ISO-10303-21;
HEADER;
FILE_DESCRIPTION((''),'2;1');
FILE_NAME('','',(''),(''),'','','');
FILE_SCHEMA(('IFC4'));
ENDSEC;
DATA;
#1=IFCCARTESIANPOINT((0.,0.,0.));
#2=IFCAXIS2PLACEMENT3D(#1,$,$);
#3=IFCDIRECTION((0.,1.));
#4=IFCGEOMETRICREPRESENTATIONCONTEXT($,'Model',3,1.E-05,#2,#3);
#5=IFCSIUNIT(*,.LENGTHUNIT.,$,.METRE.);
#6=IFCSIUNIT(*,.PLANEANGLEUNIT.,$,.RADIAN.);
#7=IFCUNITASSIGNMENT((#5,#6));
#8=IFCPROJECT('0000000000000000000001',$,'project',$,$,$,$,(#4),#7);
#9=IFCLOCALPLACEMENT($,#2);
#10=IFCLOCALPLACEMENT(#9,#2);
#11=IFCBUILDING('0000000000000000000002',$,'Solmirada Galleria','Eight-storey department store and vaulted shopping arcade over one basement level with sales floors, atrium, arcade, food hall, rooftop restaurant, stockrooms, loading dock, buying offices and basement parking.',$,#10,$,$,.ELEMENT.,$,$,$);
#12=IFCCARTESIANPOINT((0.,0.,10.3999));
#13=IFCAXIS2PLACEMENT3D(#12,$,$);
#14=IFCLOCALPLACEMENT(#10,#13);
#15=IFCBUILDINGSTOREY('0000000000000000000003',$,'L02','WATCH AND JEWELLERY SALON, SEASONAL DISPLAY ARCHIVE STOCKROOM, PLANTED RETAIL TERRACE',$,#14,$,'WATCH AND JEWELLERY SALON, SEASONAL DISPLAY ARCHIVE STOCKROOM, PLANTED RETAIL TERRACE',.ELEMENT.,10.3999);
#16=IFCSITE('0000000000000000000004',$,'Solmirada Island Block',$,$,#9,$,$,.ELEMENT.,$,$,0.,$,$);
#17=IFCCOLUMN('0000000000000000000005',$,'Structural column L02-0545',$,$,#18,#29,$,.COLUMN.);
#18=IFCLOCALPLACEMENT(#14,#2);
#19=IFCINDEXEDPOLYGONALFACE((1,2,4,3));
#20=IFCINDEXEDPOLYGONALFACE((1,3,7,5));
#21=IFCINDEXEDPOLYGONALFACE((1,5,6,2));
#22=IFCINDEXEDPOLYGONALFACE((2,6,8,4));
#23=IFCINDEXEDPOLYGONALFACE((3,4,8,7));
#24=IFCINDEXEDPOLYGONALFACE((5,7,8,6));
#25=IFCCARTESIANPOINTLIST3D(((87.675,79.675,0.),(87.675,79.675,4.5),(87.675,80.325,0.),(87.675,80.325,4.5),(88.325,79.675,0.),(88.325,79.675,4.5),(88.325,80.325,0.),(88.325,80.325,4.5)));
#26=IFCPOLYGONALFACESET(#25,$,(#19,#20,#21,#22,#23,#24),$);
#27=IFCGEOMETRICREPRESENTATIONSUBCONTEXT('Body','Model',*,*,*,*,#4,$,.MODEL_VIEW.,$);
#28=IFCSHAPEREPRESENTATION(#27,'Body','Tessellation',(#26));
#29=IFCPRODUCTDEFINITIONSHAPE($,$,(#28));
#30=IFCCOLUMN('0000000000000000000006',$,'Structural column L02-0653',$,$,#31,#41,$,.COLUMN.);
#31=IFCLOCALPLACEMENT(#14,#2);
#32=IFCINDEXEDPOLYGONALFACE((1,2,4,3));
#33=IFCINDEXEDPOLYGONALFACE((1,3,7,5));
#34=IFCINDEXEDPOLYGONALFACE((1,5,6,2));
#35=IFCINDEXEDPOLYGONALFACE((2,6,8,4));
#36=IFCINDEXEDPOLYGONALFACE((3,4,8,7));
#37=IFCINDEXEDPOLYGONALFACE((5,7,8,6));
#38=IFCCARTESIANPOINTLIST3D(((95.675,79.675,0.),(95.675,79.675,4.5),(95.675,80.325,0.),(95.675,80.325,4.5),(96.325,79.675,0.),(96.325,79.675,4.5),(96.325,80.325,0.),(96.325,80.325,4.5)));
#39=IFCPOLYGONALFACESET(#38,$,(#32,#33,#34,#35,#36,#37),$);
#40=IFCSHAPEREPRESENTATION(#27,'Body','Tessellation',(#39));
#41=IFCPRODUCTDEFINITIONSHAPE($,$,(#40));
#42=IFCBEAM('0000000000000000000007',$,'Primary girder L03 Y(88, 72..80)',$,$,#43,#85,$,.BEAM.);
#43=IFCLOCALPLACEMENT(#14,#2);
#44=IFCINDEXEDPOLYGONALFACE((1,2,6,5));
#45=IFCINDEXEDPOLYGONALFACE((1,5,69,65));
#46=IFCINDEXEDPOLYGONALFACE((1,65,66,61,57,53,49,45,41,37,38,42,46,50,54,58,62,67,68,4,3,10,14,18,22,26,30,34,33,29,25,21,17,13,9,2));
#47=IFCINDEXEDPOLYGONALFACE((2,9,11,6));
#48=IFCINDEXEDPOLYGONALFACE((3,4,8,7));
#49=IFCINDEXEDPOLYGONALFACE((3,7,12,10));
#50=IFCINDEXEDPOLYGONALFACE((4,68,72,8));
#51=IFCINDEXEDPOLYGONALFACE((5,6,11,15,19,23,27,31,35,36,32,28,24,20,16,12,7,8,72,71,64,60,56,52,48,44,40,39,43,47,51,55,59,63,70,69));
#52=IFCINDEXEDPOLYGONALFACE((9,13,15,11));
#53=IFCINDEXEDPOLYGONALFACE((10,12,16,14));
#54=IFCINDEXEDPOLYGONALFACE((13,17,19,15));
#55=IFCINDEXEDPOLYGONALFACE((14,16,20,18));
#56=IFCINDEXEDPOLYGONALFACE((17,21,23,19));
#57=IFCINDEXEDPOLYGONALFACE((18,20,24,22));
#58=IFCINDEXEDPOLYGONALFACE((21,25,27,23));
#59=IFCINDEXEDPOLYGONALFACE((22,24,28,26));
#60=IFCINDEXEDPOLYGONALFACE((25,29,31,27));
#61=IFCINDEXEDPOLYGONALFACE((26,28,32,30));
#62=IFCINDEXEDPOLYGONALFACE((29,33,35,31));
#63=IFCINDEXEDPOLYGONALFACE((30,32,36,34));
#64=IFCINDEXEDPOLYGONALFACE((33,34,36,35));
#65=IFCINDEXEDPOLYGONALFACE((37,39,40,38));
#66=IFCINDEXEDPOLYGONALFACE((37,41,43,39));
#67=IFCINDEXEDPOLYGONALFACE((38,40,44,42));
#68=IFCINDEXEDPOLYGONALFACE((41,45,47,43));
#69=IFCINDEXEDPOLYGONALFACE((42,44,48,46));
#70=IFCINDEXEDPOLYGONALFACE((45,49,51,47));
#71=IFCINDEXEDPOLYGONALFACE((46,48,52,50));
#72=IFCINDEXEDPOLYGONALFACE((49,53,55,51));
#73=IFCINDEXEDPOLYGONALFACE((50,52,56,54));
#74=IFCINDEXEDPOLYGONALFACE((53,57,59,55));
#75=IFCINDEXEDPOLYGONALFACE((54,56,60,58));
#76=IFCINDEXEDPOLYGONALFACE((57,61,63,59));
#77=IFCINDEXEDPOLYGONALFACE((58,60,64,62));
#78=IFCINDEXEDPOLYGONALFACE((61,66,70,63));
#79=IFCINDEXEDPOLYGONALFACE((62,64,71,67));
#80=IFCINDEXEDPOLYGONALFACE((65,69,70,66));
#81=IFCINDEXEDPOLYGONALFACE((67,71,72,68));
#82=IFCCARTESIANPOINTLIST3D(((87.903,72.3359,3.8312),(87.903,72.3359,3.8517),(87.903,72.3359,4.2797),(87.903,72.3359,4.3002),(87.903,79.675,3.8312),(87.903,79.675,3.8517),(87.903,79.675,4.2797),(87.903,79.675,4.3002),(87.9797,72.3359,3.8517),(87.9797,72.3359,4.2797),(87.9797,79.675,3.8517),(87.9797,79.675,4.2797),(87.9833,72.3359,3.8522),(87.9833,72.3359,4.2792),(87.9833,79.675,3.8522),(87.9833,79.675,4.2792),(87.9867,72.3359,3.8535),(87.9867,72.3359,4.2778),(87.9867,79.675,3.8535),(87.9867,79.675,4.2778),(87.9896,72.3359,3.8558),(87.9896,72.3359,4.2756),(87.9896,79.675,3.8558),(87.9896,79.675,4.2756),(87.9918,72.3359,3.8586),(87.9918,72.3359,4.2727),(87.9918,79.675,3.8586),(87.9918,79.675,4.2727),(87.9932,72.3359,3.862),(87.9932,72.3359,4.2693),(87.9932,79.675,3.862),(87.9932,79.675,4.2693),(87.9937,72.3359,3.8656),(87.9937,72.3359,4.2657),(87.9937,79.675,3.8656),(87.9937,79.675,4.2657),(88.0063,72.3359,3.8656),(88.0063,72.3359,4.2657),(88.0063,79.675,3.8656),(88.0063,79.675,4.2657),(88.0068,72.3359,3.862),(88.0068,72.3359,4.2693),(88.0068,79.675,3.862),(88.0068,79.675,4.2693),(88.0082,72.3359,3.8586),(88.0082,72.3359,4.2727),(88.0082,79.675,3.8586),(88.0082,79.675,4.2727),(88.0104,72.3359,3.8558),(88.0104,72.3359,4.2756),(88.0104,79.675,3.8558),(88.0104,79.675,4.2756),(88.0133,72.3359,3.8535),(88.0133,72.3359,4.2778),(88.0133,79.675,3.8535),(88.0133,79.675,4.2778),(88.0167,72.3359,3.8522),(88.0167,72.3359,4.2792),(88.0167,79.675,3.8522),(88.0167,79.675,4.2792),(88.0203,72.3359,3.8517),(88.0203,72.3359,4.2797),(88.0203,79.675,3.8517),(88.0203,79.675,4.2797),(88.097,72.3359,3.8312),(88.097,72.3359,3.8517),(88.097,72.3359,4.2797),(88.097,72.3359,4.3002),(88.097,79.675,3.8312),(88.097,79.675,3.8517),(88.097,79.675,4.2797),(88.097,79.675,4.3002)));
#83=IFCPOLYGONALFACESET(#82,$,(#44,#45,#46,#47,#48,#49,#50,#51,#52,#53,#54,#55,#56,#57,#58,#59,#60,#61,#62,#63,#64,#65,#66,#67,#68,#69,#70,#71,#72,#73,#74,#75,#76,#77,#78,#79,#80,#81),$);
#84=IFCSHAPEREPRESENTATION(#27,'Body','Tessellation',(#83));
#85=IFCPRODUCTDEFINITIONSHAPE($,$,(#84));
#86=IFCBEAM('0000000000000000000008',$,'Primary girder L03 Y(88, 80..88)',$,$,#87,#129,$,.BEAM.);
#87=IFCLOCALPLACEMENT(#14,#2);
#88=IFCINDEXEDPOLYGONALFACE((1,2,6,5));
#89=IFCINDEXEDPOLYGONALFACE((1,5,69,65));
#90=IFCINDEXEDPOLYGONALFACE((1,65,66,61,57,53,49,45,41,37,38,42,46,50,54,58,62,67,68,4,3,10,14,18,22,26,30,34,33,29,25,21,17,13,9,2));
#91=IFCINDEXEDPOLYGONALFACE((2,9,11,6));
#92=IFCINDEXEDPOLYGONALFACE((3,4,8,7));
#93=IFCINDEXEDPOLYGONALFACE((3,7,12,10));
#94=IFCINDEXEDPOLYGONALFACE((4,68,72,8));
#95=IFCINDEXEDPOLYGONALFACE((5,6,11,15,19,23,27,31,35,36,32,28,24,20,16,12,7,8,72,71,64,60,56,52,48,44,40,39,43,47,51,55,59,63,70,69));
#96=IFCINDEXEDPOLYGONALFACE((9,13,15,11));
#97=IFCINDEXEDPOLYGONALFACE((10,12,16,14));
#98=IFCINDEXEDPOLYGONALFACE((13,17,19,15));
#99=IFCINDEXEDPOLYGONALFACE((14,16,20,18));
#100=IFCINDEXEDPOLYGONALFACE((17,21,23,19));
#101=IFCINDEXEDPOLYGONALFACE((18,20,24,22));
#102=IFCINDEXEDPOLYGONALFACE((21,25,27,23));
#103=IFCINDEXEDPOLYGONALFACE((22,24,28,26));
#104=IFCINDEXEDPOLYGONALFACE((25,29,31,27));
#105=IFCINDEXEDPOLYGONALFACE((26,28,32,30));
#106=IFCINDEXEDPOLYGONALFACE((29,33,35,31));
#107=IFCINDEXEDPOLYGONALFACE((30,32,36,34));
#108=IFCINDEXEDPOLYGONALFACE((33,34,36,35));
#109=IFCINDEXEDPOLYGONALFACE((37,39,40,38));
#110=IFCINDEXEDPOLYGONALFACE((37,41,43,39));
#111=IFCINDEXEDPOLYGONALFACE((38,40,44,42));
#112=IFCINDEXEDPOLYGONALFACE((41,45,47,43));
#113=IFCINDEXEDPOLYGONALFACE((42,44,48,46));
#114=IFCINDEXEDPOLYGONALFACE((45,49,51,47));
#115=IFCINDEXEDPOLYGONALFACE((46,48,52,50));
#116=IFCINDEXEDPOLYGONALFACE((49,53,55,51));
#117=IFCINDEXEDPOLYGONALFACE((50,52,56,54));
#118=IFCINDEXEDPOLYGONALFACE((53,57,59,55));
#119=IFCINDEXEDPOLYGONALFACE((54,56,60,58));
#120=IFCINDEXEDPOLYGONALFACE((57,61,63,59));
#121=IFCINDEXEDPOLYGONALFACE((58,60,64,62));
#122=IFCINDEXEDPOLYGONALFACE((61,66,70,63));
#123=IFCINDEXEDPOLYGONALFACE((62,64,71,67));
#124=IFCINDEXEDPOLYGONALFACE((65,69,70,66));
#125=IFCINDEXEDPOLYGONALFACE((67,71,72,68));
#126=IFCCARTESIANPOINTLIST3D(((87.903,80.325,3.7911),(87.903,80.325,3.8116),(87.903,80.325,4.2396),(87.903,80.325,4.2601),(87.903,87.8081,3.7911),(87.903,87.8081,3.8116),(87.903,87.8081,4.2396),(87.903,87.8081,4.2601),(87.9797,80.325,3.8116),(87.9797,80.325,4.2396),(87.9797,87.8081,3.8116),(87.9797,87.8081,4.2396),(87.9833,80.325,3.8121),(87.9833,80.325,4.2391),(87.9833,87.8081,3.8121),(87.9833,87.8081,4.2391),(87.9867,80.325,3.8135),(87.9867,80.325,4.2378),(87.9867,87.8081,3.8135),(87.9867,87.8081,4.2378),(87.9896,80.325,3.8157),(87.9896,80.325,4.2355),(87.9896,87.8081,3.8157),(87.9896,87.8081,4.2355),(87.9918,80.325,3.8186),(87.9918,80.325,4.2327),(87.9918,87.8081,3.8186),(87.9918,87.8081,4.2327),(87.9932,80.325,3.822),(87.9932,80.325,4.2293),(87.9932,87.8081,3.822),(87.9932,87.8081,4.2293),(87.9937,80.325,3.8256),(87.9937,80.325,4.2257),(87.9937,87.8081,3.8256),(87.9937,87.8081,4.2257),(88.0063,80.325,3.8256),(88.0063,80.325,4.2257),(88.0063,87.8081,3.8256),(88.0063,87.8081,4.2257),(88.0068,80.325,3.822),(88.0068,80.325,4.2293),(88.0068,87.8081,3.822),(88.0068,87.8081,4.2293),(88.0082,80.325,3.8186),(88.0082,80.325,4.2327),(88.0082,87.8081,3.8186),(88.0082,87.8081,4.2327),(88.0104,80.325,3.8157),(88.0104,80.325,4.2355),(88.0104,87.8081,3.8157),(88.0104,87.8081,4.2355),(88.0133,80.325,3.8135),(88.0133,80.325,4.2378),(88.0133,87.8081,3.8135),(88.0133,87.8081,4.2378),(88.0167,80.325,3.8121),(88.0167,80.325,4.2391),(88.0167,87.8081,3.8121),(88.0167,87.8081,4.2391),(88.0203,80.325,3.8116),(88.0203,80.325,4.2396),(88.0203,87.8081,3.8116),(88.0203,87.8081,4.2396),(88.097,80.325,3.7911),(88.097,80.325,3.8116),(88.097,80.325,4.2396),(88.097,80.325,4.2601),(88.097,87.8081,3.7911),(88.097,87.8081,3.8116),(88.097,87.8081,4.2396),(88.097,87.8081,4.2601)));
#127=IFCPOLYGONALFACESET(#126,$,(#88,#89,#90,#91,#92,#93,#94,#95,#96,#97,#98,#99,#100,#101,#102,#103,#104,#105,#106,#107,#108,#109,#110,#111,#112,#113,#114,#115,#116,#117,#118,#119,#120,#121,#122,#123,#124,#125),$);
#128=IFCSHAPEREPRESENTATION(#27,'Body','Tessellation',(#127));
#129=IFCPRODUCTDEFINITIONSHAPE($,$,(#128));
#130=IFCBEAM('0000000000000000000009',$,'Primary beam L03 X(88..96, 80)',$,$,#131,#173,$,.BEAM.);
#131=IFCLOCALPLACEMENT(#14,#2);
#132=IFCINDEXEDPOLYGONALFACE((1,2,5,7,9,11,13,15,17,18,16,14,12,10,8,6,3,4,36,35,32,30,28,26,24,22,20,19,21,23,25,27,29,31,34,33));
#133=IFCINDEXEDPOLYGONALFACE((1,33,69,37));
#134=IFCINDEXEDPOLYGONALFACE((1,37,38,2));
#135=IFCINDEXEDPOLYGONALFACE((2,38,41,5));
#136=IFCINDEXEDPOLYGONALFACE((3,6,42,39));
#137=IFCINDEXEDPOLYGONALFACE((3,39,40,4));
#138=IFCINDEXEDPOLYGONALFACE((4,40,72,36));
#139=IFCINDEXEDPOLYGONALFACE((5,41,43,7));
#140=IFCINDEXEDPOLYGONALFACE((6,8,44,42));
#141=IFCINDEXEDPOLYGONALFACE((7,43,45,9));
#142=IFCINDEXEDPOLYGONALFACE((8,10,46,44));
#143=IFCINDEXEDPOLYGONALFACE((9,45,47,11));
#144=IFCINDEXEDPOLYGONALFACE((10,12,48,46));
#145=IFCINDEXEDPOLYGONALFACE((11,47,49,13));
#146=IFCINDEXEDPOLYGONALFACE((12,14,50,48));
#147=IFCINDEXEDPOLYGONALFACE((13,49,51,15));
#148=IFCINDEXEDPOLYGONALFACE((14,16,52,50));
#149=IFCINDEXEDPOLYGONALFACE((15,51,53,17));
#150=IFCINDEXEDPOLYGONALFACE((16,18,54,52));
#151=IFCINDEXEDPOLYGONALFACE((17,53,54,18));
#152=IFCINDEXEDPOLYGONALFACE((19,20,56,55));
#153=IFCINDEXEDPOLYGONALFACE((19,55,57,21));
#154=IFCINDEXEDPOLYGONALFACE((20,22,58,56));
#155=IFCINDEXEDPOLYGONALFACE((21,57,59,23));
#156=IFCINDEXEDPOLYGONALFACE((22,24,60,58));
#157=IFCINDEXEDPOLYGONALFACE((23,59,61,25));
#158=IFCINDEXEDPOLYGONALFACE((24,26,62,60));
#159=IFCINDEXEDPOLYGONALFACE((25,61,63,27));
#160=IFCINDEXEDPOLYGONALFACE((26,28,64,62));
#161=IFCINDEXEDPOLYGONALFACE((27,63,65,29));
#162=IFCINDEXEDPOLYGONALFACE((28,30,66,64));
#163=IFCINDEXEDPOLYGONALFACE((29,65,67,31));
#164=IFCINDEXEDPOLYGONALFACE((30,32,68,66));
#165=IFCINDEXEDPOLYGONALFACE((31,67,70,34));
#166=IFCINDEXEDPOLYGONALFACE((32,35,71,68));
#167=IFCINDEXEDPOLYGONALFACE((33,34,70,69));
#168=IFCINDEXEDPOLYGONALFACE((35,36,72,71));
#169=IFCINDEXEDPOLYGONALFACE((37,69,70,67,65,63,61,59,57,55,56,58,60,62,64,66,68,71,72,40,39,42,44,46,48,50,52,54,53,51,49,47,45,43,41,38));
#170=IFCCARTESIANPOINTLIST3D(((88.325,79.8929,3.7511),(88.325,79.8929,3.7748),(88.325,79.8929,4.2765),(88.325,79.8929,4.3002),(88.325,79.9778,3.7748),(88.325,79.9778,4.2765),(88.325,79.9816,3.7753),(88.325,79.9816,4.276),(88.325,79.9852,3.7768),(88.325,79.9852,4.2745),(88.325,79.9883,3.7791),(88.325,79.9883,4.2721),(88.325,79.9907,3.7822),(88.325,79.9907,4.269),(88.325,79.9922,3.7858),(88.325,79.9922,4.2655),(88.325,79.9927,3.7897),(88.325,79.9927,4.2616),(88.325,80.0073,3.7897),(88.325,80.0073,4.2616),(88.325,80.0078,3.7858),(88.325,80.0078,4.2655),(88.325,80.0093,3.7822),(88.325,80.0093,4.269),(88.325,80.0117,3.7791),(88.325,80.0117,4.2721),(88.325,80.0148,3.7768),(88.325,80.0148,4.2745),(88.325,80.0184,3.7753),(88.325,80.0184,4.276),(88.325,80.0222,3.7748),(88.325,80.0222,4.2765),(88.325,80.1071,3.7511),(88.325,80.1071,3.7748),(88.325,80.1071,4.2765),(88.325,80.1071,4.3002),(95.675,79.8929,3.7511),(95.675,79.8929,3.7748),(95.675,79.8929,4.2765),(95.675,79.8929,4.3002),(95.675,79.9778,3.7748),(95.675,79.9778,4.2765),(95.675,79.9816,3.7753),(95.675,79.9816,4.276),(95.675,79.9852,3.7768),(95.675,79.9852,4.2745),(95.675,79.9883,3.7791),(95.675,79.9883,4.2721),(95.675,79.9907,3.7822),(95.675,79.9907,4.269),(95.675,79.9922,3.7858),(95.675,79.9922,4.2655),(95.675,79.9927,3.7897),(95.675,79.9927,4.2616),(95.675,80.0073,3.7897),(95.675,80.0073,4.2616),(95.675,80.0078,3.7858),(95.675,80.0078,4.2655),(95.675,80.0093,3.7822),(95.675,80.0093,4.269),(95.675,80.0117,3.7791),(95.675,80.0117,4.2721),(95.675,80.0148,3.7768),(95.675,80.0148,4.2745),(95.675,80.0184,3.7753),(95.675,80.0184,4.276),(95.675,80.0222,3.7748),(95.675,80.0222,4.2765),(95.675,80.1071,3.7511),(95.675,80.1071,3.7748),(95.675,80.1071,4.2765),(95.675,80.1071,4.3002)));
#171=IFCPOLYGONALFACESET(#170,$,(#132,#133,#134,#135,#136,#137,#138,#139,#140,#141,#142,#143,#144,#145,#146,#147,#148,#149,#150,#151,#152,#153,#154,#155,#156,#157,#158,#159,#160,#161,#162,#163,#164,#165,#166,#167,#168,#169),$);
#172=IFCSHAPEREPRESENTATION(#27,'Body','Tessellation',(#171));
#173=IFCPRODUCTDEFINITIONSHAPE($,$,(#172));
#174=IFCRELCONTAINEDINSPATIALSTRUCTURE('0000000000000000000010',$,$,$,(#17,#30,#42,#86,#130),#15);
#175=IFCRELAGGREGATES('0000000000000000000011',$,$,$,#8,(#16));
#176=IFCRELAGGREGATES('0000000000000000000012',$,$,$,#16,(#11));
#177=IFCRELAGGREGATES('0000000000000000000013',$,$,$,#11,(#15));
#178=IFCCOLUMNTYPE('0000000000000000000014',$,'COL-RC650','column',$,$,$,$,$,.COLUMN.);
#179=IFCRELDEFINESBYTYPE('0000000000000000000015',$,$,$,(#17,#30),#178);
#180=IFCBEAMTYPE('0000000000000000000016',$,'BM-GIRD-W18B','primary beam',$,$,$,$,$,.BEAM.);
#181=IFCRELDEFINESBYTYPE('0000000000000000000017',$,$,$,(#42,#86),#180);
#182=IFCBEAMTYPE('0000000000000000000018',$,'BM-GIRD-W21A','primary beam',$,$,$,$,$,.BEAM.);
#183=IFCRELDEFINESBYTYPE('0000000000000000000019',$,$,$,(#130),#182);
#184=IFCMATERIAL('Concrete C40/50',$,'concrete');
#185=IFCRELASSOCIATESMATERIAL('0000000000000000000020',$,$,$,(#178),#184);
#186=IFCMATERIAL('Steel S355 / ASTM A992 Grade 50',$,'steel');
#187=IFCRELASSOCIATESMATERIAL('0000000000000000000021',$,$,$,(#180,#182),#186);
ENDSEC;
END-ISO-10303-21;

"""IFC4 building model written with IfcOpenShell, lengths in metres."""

from ifc_helpers import new_model, si_unit, direction, frame, origin, origin_2d, place, context, subcontext, project, spatial, rectangle, i_section, extrude, material, material_profile, profile_set, type_object, element, save


model = new_model("IFC4")

# Units and contexts
model_context = context("Model", 3, precision=1e-05, world=origin(), true_north=direction((0.0, 1.0)))
body_context = subcontext(model_context, "Body", "Model", "MODEL_VIEW")
ifc_project = project(units=[si_unit("LENGTHUNIT", "METRE"), si_unit("PLANEANGLEUNIT", "RADIAN")], contexts=[model_context])

# Site, building, storey
site_placement = place(None, origin())
site = spatial("IfcSite", under=ifc_project, at=site_placement, Name="Solmirada Island Block", CompositionType="ELEMENT", RefElevation=0.0)
building_placement = place(site_placement, origin())
building = spatial("IfcBuilding", under=site, at=building_placement, Name="Solmirada Galleria", Description="Eight-storey department store and vaulted shopping arcade over one basement level with sales floors, atrium, arcade, food hall, rooftop restaurant, stockrooms, loading dock, buying offices and basement parking.", CompositionType="ELEMENT")
storey_placement = place(building_placement, frame((0.0, 0.0, 10.3999)))
storey = spatial("IfcBuildingStorey", under=building, at=storey_placement, Name="L02", Description="WATCH AND JEWELLERY SALON, SEASONAL DISPLAY ARCHIVE STOCKROOM, PLANTED RETAIL TERRACE", LongName="WATCH AND JEWELLERY SALON, SEASONAL DISPLAY ARCHIVE STOCKROOM, PLANTED RETAIL TERRACE", CompositionType="ELEMENT", Elevation=10.3999)

# Columns
ifc_material_1 = material(Name="Concrete C40/50", Category="concrete")
ifc_material_profile_1 = material_profile(ifc_material_1, rectangle(XDim=0.6499, YDim=0.6499, at=origin_2d()), Name="RC650X650")
ifc_profile_set_1 = profile_set([ifc_material_profile_1], Name="Concrete C40/50")
column_type = type_object("IfcColumnType", Name="COL-RC650", Description="column", PredefinedType="COLUMN", material=ifc_profile_set_1)
for number, where, z_axis, x_axis, name in (
    (1, (88.0, 80.0, 0.0), (0.0, 0.0, 1.0), (1.0, 0.0, 0.0), "Structural column L02-0545"),
    (2, (96.0, 80.0, 0.0), (0.0, 0.0, 1.0), (1.0, 0.0, 0.0), "Structural column L02-0653"),
):
    element("IfcColumn", number, at=place(storey_placement, frame(where, z_axis=z_axis, x_axis=x_axis)), inside=storey, type_object=column_type, Name=name, PredefinedType="COLUMN", context=body_context, shape_type="SweptSolid", body=[
        extrude(rectangle(XDim=0.6499, YDim=0.6499, at=origin_2d()), origin(), (0.0, 0.0, 1.0), 4.5),
    ])

# Beams
ifc_material_2 = material(Name="Steel S355 / ASTM A992 Grade 50", Category="steel")
ifc_material_profile_2 = material_profile(ifc_material_2, i_section(OverallWidth=0.1941, OverallDepth=0.469, WebThickness=0.0127, FlangeThickness=0.0205, FilletRadius=0.0139, at=origin_2d()), Name="W18X71")
ifc_profile_set_2 = profile_set([ifc_material_profile_2], Name="Steel S355 / ASTM A992 Grade 50")
beam_type_1 = type_object("IfcBeamType", Name="BM-GIRD-W18B", Description="primary beam", PredefinedType="BEAM", material=ifc_profile_set_2)
beam_1_placement = place(storey_placement, frame((88.0, 72.3359, 4.0657), z_axis=(0.0, 1.0, 0.0), x_axis=(-1.0, 0.0, 0.0)))
element("IfcBeam", 3, at=beam_1_placement, inside=storey, type_object=beam_type_1, Name="Primary girder L03 Y(88, 72..80)", PredefinedType="BEAM", context=body_context, shape_type="SweptSolid", body=[
    extrude(i_section(OverallWidth=0.1941, OverallDepth=0.469, WebThickness=0.0127, FlangeThickness=0.0205, FilletRadius=0.0139, at=origin_2d()), origin(), (0.0, 0.0, 1.0), 7.3391),
])
beam_2_placement = place(storey_placement, frame((88.0, 80.325, 4.0256), z_axis=(0.0, 1.0, 0.0), x_axis=(-1.0, 0.0, 0.0)))
element("IfcBeam", 4, at=beam_2_placement, inside=storey, type_object=beam_type_1, Name="Primary girder L03 Y(88, 80..88)", PredefinedType="BEAM", context=body_context, shape_type="SweptSolid", body=[
    extrude(i_section(OverallWidth=0.1941, OverallDepth=0.469, WebThickness=0.0127, FlangeThickness=0.0205, FilletRadius=0.0139, at=origin_2d()), origin(), (0.0, 0.0, 1.0), 7.4832),
])
ifc_material_profile_3 = material_profile(ifc_material_2, i_section(OverallWidth=0.2141, OverallDepth=0.5491, WebThickness=0.0146, FlangeThickness=0.0237, FilletRadius=0.0149, at=origin_2d()), Name="W21X93")
ifc_profile_set_3 = profile_set([ifc_material_profile_3], Name="Steel S355 / ASTM A992 Grade 50")
beam_type_2 = type_object("IfcBeamType", Name="BM-GIRD-W21A", Description="primary beam", PredefinedType="BEAM", material=ifc_profile_set_3)
beam_3_placement = place(storey_placement, frame((88.325, 80.0, 4.0256), z_axis=(1.0, 0.0, 0.0), x_axis=(0.0, 1.0, 0.0)))
element("IfcBeam", 5, at=beam_3_placement, inside=storey, type_object=beam_type_2, Name="Primary beam L03 X(88..96, 80)", PredefinedType="BEAM", context=body_context, shape_type="SweptSolid", body=[
    extrude(i_section(OverallWidth=0.2141, OverallDepth=0.5491, WebThickness=0.0146, FlangeThickness=0.0237, FilletRadius=0.0149, at=origin_2d()), origin(), (0.0, 0.0, 1.0), 7.3501),
])

save(model, "model.ifc")
